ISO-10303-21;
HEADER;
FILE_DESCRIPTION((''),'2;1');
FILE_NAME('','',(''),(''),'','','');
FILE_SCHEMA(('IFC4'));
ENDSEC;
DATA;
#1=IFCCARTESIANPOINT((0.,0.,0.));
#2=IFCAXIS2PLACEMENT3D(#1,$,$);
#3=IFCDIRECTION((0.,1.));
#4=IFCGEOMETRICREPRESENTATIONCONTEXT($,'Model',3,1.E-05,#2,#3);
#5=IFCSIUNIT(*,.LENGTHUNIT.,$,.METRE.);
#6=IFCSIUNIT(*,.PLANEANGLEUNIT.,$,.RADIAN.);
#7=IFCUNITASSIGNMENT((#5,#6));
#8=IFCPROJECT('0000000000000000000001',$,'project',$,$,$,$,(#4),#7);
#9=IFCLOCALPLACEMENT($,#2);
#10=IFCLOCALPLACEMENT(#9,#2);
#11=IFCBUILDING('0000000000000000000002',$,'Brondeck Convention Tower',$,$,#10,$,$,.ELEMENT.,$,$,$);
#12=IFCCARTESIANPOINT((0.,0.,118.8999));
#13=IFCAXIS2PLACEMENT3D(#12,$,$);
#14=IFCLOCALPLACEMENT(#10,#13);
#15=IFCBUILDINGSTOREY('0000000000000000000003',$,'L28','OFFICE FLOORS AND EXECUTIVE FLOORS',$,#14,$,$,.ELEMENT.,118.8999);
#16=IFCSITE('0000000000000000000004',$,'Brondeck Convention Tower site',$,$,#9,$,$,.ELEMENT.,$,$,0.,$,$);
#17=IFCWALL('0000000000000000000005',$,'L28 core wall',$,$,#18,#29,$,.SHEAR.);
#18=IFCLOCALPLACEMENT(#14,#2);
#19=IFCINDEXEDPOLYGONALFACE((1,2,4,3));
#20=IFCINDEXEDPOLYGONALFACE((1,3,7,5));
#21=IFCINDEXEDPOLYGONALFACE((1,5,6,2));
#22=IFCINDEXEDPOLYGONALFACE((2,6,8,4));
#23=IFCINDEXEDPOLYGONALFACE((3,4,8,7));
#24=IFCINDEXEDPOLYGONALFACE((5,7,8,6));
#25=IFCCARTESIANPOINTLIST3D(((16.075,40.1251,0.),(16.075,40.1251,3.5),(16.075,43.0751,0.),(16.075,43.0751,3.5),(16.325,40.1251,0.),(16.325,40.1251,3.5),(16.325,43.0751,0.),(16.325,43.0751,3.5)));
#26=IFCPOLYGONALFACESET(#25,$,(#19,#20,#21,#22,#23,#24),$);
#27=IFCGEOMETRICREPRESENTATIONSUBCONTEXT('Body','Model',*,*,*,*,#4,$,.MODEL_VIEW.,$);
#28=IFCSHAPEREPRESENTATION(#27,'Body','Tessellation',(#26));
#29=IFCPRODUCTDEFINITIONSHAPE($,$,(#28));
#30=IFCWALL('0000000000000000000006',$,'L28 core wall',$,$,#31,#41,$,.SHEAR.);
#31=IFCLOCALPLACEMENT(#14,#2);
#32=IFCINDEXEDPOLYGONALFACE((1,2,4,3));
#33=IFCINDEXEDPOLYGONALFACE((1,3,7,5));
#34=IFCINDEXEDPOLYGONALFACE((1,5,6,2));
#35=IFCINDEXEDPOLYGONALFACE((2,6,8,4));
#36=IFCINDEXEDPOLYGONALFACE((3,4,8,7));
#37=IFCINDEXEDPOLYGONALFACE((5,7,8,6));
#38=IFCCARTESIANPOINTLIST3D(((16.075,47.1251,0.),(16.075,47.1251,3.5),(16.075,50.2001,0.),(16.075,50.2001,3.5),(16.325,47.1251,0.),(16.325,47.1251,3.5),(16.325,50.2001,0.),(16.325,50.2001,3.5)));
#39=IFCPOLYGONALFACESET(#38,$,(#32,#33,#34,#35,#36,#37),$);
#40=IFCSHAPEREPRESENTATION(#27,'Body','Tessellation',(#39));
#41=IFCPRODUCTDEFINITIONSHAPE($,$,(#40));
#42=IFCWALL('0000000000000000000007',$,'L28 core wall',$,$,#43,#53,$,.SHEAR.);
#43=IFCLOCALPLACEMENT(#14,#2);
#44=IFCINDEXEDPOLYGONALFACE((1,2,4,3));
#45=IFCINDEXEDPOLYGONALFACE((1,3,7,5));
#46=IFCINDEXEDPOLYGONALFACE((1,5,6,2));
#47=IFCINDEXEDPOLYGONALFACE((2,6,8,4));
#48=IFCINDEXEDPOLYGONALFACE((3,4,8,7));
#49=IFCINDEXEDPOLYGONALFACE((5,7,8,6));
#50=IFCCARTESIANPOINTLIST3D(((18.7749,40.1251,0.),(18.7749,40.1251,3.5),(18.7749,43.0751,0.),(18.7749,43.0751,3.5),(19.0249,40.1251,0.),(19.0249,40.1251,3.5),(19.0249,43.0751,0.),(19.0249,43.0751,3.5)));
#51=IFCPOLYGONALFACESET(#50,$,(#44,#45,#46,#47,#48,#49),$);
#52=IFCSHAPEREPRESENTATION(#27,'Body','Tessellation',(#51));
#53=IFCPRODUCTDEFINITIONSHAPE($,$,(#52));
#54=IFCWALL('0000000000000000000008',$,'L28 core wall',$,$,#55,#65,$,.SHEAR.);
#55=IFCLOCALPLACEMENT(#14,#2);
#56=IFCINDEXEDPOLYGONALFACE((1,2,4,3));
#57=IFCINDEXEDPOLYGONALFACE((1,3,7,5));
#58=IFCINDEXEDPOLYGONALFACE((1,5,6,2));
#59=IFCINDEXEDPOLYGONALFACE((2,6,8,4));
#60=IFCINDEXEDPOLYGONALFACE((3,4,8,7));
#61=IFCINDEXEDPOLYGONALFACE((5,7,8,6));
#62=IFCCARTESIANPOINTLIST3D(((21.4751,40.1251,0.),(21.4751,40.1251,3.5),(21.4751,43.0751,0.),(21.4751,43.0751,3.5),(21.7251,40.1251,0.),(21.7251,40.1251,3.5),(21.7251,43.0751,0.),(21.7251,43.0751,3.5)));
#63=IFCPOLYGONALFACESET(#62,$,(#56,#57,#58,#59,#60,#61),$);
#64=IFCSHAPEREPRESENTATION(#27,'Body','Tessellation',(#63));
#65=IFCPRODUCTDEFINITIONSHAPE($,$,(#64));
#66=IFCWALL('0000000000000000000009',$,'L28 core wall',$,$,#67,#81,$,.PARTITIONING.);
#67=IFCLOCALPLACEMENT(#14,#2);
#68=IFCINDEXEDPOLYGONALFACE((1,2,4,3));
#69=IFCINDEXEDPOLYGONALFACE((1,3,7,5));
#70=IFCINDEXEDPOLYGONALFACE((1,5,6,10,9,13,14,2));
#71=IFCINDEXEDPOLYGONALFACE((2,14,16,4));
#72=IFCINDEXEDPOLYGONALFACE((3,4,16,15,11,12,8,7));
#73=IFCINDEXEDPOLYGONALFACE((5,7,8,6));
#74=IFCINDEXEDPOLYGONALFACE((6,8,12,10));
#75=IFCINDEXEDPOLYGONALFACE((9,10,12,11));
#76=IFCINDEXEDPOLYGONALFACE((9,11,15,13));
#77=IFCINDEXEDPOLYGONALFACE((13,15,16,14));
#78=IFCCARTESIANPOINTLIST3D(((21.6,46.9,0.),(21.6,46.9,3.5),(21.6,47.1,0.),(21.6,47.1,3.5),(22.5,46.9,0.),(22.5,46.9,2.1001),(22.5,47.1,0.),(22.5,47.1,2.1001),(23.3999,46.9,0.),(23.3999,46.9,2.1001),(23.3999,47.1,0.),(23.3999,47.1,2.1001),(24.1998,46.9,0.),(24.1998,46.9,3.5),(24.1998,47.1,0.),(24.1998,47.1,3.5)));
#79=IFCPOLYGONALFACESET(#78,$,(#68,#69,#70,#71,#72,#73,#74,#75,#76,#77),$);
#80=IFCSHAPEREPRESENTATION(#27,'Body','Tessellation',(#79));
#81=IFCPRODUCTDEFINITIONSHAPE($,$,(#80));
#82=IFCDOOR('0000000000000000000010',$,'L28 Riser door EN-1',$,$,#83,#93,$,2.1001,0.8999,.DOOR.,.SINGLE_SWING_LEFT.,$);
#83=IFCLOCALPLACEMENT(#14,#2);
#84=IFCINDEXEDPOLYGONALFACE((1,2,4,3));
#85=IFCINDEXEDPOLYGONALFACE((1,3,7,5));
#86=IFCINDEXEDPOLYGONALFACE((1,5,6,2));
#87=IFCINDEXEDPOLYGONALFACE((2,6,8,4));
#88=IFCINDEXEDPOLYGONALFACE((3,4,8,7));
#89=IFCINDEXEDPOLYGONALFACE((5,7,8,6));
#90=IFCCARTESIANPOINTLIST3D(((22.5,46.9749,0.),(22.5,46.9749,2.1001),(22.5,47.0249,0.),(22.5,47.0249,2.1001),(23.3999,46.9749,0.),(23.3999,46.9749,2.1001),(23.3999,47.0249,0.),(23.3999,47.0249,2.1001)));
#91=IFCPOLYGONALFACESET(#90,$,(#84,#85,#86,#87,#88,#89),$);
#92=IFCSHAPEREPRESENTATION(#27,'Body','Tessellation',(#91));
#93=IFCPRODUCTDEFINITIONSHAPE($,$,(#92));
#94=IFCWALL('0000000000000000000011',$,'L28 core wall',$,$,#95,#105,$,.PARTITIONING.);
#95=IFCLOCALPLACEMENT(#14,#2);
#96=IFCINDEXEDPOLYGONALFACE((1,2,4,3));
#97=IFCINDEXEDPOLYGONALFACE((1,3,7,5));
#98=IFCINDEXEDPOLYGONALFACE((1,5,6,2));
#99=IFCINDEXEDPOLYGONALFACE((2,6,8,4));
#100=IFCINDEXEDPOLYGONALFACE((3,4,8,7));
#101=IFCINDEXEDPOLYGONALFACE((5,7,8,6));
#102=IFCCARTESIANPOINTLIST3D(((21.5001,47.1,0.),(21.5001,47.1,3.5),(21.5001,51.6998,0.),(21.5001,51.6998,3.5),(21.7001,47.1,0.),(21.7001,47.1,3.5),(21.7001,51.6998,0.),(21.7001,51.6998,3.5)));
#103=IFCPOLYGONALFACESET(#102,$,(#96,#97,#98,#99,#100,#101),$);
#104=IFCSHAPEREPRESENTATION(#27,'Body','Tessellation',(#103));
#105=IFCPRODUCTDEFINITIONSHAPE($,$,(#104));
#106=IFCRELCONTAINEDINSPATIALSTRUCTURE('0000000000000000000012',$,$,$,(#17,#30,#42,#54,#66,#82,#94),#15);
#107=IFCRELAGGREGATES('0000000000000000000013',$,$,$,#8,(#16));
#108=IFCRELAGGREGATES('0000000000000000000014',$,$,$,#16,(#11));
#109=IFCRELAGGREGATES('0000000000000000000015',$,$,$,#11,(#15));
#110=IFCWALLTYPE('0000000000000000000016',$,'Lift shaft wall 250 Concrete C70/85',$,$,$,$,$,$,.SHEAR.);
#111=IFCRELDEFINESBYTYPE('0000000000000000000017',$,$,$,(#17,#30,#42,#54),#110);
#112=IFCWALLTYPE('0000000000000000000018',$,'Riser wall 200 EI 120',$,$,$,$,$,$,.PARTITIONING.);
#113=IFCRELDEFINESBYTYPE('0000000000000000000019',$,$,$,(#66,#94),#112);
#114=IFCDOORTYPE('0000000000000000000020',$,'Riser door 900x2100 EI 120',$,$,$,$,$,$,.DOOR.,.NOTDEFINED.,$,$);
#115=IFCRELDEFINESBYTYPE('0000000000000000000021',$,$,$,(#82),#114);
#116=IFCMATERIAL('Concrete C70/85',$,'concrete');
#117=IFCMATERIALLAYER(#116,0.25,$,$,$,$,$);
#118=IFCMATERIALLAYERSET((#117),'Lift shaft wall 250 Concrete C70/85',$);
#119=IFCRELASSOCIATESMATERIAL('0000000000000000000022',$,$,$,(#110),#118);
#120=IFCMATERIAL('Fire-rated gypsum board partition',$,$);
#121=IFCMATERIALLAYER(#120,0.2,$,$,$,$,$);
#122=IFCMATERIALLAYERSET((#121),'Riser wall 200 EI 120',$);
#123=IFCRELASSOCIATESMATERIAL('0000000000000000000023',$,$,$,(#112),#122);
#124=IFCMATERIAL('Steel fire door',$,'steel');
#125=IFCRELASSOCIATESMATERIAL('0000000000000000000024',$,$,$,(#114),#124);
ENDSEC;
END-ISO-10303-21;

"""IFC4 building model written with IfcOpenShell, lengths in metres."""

from ifc_helpers import new_model, si_unit, direction, frame, frame_2d, origin, place, context, subcontext, project, spatial, rectangle, extrude, material, layer, layer_set, type_object, element, fill, save


model = new_model("IFC4")

# Units and contexts
model_context = context("Model", 3, precision=1e-05, world=origin(), true_north=direction((0.0, 1.0)))
body_context = subcontext(model_context, "Body", "Model", "MODEL_VIEW")
ifc_project = project(units=[si_unit("LENGTHUNIT", "METRE"), si_unit("PLANEANGLEUNIT", "RADIAN")], contexts=[model_context])

# Site, building, storey
site_placement = place(None, origin())
site = spatial("IfcSite", under=ifc_project, at=site_placement, Name="Brondeck Convention Tower site", CompositionType="ELEMENT", RefElevation=0.0)
building_placement = place(site_placement, origin())
building = spatial("IfcBuilding", under=site, at=building_placement, Name="Brondeck Convention Tower", CompositionType="ELEMENT")
storey_placement = place(building_placement, frame((0.0, 0.0, 118.8999)))
storey = spatial("IfcBuildingStorey", under=building, at=storey_placement, Name="L28", Description="OFFICE FLOORS AND EXECUTIVE FLOORS", CompositionType="ELEMENT", Elevation=118.8999)

# Shared definitions
ifc_material_1 = material(Name="Fire-rated gypsum board partition")

# Shared definitions
ifc_material_2 = material(Name="Steel fire door", Category="steel")

# Walls
ifc_material_3 = material(Name="Concrete C70/85", Category="concrete")
ifc_layer_1 = layer(ifc_material_3, 0.25)
ifc_layer_set_1 = layer_set([ifc_layer_1], Name="Lift shaft wall 250 Concrete C70/85")
wall_type_1 = type_object("IfcWallType", Name="Lift shaft wall 250 Concrete C70/85", PredefinedType="SHEAR", material=ifc_layer_set_1)
wall_1_placement = place(storey_placement, frame((16.2, 40.125, 0.0), z_axis=(0.0, 0.0, 1.0), x_axis=(0.0, 1.0, 0.0)))
element("IfcWall", 1, at=wall_1_placement, inside=storey, type_object=wall_type_1, Name="L28 core wall", PredefinedType="SHEAR", context=body_context, shape_type="SweptSolid", body=[
    extrude(rectangle(XDim=2.95, YDim=0.25, at=frame_2d((1.4751, 0.0))), origin(), (0.0, 0.0, 1.0), 3.5),
])
wall_2_placement = place(storey_placement, frame((16.2, 47.125, 0.0), z_axis=(0.0, 0.0, 1.0), x_axis=(0.0, 1.0, 0.0)))
element("IfcWall", 2, at=wall_2_placement, inside=storey, type_object=wall_type_1, Name="L28 core wall", PredefinedType="SHEAR", context=body_context, shape_type="SweptSolid", body=[
    extrude(rectangle(XDim=3.075, YDim=0.25, at=frame_2d((1.5376, 0.0))), origin(), (0.0, 0.0, 1.0), 3.5),
])
for number, where, z_axis, x_axis, name in (
    (3, (18.8999, 40.125, 0.0), (0.0, 0.0, 1.0), (0.0, 1.0, 0.0), "L28 core wall"),
    (4, (21.6001, 40.125, 0.0), (0.0, 0.0, 1.0), (0.0, 1.0, 0.0), "L28 core wall"),
):
    element("IfcWall", number, at=place(storey_placement, frame(where, z_axis=z_axis, x_axis=x_axis)), inside=storey, type_object=wall_type_1, Name=name, PredefinedType="SHEAR", context=body_context, shape_type="SweptSolid", body=[
        extrude(rectangle(XDim=2.95, YDim=0.25, at=frame_2d((1.4751, 0.0))), origin(), (0.0, 0.0, 1.0), 3.5),
    ])

# Wall, opening, door
ifc_layer_2 = layer(ifc_material_1, 0.2)
ifc_layer_set_2 = layer_set([ifc_layer_2], Name="Riser wall 200 EI 120")
wall_type_2 = type_object("IfcWallType", Name="Riser wall 200 EI 120", PredefinedType="PARTITIONING", material=ifc_layer_set_2)
wall_3_placement = place(storey_placement, frame((21.6001, 47.0, 0.0), z_axis=(0.0, 0.0, 1.0), x_axis=(1.0, 0.0, 0.0)))
wall_3 = element("IfcWall", 5, at=wall_3_placement, inside=storey, type_object=wall_type_2, Name="L28 core wall", PredefinedType="PARTITIONING", context=body_context, shape_type="SweptSolid", body=[
    extrude(rectangle(XDim=2.5999, YDim=0.2, at=frame_2d((1.2998, 0.0))), origin(), (0.0, 0.0, 1.0), 3.5),
])
opening_1_placement = place(wall_3_placement, frame((0.8999, 0.0, 0.0)))
opening_1 = element("IfcOpeningElement", 6, at=opening_1_placement, cuts=wall_3, PredefinedType="OPENING", context=body_context, shape_type="SweptSolid", body=[
    extrude(rectangle(XDim=0.8999, YDim=2.1001, at=frame_2d((0.45, 1.05))), frame((0.0, 0.1099, 0.0), z_axis=(0.0, -1.0, 0.0), x_axis=(1.0, 0.0, 0.0)), (0.0, 0.0, 1.0), 0.22),
])
door_type_1 = type_object("IfcDoorType", Name="Riser door 900x2100 EI 120", OperationType="NOTDEFINED", PredefinedType="DOOR", material=ifc_material_2)
door_1_placement = place(opening_1_placement, origin())
door_1 = element("IfcDoor", 7, at=door_1_placement, inside=storey, type_object=door_type_1, Name="L28 Riser door EN-1", OperationType="SINGLE_SWING_LEFT", OverallHeight=2.1001, OverallWidth=0.8999, PredefinedType="DOOR", context=body_context, shape_type="SweptSolid", body=[
    extrude(rectangle(XDim=0.8999, YDim=2.1001, at=frame_2d((0.45, 1.05))), frame((0.0, 0.0249, 0.0), z_axis=(0.0, -1.0, 0.0), x_axis=(1.0, 0.0, 0.0)), (0.0, 0.0, 1.0), 0.05),
])
fill(opening_1, door_1)

# Wall
wall_4_placement = place(storey_placement, frame((21.6001, 47.1001, 0.0), z_axis=(0.0, 0.0, 1.0), x_axis=(0.0, 1.0, 0.0)))
element("IfcWall", 8, at=wall_4_placement, inside=storey, type_object=wall_type_2, Name="L28 core wall", PredefinedType="PARTITIONING", context=body_context, shape_type="SweptSolid", body=[
    extrude(rectangle(XDim=4.5999, YDim=0.2, at=frame_2d((2.2998, 0.0))), origin(), (0.0, 0.0, 1.0), 3.5),
])

save(model, "model.ifc")
